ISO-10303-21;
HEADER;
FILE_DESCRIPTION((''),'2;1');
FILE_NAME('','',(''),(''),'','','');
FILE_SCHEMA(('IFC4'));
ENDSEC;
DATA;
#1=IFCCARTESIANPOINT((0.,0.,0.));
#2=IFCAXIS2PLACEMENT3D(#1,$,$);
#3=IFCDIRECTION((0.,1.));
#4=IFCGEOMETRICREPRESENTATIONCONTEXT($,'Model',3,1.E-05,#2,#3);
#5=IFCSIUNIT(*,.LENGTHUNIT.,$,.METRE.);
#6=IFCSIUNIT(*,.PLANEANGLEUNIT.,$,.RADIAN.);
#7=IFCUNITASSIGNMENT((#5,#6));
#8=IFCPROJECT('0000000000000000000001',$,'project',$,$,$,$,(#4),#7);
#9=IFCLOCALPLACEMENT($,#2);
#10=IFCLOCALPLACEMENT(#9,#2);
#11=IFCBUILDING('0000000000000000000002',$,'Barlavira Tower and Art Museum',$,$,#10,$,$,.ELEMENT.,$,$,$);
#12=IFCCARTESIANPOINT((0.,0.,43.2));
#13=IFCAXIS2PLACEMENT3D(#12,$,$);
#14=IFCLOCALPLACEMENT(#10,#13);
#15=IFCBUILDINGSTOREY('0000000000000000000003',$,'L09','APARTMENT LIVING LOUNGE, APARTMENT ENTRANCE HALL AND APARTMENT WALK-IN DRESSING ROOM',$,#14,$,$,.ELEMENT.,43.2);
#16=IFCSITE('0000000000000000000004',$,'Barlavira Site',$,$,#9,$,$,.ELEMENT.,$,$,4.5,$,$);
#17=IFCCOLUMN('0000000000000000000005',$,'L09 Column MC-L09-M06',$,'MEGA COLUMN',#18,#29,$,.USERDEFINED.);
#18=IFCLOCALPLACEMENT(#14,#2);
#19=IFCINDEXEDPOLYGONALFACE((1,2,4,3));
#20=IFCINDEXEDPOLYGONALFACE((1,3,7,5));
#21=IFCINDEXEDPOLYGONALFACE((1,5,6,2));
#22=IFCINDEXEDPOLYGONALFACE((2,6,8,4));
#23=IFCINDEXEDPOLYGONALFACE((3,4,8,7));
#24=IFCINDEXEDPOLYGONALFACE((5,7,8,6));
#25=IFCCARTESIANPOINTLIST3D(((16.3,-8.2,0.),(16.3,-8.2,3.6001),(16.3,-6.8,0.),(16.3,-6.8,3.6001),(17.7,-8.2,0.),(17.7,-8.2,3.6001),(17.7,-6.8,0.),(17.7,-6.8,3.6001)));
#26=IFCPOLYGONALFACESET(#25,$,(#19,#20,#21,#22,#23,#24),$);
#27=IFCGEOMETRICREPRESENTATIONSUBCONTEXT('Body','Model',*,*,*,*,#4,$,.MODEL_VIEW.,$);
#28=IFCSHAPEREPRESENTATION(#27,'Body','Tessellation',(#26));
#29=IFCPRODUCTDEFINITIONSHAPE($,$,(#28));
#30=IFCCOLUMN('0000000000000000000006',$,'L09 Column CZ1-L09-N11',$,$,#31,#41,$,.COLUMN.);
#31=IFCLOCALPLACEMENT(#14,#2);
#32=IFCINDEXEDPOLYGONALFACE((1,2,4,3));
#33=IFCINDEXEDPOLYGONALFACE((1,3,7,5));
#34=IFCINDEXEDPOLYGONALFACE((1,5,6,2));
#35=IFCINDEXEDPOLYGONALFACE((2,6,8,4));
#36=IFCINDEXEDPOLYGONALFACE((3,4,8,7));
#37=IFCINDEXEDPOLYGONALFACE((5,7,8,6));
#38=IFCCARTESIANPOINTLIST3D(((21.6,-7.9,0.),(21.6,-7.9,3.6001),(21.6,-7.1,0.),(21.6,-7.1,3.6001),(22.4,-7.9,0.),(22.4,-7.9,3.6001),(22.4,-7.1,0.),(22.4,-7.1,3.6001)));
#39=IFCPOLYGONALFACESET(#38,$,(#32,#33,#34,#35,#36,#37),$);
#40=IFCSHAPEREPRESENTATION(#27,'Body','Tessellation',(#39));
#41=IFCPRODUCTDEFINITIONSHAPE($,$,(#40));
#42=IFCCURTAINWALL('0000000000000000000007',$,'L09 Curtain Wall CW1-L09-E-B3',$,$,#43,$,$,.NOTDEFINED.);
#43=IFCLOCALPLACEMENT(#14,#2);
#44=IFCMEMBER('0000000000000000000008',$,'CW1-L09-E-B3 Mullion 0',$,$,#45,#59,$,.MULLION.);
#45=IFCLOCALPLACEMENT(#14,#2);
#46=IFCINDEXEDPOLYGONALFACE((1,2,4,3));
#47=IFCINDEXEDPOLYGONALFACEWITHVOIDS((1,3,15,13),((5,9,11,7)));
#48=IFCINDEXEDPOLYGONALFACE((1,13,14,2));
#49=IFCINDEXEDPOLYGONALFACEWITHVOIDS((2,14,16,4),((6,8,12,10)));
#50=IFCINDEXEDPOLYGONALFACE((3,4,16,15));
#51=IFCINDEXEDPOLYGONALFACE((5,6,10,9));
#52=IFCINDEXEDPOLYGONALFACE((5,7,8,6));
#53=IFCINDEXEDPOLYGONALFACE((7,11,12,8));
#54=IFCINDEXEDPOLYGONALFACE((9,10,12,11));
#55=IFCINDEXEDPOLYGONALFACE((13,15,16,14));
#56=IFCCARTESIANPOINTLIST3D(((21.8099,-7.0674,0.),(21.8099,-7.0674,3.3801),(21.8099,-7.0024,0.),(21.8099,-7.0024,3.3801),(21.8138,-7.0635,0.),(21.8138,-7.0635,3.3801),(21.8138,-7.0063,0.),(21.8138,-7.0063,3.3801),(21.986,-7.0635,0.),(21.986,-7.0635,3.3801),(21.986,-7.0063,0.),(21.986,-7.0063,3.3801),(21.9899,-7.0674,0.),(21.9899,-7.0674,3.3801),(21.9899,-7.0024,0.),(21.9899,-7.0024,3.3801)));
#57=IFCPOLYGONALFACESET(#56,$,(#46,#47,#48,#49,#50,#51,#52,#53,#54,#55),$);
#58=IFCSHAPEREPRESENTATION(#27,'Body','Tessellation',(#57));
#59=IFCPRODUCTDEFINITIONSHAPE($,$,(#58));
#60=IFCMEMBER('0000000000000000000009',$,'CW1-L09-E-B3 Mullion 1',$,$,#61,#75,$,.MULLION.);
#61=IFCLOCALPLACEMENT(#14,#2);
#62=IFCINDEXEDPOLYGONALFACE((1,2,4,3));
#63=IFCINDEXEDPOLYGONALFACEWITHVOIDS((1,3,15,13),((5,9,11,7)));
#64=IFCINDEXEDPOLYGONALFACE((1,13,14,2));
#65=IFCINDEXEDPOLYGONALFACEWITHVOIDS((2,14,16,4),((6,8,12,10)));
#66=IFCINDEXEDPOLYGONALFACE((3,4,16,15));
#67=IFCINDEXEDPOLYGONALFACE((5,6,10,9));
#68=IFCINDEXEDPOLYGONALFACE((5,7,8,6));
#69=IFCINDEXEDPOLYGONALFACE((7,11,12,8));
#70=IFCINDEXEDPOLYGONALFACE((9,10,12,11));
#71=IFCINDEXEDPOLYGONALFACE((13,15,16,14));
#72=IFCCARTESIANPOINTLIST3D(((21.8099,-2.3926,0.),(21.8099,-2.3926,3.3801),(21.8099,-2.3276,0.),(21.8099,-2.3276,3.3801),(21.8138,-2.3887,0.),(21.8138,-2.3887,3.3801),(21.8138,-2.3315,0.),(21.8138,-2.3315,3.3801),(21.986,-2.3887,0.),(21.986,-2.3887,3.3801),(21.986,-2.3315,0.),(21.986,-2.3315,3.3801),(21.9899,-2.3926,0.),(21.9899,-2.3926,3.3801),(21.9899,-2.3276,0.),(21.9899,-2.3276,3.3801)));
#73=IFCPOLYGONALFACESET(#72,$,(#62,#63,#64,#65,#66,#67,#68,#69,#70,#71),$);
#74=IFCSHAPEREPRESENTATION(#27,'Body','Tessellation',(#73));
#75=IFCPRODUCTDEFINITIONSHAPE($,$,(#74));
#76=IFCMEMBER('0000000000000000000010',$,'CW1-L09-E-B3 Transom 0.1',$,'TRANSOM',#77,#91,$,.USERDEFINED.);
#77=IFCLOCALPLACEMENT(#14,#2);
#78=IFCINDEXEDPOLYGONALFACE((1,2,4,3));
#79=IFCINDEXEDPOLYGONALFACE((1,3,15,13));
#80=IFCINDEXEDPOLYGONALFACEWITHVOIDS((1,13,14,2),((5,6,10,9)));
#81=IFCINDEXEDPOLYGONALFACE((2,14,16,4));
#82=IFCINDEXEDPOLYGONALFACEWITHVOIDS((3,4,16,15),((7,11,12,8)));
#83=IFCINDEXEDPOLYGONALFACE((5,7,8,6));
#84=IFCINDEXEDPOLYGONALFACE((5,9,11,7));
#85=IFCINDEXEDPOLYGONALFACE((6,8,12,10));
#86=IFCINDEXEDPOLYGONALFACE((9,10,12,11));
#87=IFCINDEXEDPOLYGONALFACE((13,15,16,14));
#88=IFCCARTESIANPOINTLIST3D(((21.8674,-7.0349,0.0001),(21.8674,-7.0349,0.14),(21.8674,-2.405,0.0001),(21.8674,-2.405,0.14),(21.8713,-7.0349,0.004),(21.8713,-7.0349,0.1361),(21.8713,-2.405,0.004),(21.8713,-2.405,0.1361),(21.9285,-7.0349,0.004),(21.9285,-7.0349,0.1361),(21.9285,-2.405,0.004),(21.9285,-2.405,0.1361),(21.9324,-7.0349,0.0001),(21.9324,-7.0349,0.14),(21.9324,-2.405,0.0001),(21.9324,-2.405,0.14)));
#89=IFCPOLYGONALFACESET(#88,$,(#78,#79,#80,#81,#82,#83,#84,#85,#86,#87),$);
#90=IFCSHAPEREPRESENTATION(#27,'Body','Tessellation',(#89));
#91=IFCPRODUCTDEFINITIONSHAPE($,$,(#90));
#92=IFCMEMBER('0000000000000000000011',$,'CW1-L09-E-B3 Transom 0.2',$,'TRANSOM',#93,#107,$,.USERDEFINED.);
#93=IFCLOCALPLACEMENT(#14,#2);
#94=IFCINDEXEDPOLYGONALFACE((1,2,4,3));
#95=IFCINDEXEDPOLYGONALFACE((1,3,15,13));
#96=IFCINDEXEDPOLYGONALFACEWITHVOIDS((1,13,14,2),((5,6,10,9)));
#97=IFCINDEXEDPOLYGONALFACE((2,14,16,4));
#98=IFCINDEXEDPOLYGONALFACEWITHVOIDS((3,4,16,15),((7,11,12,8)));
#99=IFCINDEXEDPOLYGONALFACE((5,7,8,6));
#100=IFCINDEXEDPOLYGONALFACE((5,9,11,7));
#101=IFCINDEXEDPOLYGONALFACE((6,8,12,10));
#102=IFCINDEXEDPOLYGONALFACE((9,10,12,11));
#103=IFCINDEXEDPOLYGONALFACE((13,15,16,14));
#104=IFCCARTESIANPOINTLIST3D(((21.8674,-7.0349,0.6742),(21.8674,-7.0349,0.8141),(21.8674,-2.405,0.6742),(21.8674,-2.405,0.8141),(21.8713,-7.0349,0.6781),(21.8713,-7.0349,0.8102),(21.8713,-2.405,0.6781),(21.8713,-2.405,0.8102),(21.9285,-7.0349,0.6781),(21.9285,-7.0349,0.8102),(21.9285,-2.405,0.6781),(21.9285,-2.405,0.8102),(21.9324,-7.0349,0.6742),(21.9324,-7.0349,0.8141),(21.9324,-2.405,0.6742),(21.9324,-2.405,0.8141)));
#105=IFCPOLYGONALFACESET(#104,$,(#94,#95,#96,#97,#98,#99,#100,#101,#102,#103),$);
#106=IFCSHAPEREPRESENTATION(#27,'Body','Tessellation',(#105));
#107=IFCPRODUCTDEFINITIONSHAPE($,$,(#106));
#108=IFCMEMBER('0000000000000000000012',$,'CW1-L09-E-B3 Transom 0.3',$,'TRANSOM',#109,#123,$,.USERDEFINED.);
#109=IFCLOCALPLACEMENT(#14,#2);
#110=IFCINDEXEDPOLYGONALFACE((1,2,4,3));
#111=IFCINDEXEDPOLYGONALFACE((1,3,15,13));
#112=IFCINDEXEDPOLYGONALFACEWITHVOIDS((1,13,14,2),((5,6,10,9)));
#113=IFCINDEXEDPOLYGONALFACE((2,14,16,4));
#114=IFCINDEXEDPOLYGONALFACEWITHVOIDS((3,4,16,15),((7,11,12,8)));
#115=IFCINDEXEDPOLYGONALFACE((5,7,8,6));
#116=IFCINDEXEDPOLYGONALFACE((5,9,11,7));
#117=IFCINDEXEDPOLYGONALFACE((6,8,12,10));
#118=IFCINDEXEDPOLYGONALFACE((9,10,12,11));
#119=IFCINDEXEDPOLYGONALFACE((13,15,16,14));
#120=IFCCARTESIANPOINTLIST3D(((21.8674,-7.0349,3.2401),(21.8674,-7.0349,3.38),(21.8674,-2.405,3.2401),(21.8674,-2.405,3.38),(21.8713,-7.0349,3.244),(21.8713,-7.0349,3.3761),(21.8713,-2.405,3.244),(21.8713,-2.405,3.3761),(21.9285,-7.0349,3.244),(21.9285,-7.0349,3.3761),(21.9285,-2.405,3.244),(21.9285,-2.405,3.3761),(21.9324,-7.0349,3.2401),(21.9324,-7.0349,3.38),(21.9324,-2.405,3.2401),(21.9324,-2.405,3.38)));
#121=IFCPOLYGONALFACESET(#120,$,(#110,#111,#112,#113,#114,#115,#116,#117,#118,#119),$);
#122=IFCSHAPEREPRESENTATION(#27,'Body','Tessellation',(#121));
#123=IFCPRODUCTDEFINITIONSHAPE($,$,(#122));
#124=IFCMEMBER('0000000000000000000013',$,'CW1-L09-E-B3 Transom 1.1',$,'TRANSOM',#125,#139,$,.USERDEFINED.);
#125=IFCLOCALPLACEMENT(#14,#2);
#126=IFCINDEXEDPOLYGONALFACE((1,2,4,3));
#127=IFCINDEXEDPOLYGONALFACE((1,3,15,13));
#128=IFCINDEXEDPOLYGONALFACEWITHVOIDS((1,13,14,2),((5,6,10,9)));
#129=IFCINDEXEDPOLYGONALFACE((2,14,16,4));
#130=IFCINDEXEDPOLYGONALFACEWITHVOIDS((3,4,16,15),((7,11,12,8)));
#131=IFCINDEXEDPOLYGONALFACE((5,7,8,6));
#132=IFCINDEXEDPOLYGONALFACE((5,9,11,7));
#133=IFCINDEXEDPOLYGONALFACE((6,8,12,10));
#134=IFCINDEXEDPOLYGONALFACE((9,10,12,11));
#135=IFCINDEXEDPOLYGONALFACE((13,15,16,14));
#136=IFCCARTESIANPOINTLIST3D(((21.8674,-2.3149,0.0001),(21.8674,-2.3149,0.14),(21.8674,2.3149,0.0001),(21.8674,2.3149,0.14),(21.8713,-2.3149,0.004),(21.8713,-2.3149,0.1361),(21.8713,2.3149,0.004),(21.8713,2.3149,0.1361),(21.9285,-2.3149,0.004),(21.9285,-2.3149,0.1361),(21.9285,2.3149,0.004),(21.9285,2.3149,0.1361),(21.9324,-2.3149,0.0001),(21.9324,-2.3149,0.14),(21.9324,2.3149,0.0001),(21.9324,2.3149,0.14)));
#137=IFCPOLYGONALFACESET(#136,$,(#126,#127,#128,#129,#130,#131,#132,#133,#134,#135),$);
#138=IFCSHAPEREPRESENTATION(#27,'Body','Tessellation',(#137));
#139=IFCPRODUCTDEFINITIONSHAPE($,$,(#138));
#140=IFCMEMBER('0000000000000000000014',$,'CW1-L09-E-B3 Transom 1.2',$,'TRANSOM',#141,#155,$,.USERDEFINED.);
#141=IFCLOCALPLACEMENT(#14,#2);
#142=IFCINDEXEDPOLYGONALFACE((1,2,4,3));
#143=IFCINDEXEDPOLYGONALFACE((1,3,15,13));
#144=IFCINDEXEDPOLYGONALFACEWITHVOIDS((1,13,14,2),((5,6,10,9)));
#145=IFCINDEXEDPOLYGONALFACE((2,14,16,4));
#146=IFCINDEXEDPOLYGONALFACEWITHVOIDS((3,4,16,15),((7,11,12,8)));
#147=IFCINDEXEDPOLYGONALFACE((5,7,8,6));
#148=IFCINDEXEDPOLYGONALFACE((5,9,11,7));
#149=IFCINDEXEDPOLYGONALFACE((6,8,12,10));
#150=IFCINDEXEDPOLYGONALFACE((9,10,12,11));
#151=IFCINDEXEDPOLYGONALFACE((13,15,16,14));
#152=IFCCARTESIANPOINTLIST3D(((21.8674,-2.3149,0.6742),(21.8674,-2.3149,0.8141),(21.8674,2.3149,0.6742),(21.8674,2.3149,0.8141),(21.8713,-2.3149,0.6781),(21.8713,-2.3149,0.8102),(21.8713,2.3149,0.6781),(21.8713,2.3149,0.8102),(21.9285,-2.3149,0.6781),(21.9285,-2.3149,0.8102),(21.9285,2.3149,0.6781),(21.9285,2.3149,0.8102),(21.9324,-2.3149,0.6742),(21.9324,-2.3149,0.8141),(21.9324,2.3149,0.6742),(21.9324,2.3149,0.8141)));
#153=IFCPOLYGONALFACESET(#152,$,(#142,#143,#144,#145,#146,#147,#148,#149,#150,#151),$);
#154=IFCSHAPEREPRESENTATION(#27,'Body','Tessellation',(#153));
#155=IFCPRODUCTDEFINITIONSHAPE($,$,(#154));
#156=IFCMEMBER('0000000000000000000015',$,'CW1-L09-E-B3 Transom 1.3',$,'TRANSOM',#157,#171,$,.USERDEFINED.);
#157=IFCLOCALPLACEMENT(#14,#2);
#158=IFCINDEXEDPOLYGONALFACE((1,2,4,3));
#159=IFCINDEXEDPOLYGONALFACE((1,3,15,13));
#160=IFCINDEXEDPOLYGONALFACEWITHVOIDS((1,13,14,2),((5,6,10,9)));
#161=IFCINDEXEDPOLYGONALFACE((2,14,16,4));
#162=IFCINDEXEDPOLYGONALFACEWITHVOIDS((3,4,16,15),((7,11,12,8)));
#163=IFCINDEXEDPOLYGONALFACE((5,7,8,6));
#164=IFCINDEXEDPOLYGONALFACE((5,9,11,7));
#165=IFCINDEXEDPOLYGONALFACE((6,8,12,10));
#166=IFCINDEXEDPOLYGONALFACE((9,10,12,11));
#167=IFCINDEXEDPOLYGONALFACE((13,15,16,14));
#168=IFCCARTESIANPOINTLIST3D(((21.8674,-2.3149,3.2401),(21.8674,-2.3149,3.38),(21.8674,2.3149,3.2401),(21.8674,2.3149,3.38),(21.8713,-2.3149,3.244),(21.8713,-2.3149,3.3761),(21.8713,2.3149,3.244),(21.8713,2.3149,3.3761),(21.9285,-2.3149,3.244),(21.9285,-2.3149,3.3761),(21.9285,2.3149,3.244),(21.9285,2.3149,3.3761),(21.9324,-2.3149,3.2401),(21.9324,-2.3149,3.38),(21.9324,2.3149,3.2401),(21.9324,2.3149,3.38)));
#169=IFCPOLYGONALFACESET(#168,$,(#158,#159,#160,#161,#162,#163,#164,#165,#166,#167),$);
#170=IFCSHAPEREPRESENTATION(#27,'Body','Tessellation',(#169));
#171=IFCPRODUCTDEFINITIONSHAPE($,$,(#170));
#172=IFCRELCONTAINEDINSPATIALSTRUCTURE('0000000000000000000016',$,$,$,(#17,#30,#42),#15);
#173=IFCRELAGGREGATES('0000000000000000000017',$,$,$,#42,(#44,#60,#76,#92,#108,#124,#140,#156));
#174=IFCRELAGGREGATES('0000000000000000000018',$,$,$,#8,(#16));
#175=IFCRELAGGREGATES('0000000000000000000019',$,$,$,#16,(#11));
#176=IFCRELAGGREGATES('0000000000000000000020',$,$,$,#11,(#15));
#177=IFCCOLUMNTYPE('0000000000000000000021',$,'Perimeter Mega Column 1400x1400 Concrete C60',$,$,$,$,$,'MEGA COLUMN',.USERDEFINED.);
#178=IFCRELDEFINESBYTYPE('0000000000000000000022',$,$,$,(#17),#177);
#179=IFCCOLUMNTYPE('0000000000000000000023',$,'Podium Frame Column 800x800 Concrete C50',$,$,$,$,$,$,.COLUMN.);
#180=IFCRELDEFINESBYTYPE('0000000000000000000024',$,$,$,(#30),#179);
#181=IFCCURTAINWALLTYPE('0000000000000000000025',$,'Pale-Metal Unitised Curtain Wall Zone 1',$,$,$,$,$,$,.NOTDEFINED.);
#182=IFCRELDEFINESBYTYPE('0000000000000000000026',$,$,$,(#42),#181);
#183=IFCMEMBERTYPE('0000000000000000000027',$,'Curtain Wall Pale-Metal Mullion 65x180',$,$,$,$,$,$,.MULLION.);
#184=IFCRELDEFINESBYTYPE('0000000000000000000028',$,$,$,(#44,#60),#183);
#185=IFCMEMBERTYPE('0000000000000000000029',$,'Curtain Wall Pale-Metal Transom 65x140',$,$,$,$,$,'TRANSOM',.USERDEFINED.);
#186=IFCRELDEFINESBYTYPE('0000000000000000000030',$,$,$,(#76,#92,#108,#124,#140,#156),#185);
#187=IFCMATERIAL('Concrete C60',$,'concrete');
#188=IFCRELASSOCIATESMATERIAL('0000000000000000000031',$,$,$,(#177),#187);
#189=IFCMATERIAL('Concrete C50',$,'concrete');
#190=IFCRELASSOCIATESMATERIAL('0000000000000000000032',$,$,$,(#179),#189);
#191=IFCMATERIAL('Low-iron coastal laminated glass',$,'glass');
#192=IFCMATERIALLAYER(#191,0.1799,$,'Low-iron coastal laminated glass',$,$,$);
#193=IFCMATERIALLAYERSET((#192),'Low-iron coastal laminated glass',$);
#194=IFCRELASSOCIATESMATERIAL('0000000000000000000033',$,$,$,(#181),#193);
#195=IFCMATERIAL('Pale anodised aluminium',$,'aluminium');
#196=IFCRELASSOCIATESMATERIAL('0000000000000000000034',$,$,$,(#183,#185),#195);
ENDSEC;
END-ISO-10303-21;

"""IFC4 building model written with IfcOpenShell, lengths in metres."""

from ifc_helpers import new_model, si_unit, direction, frame, origin, origin_2d, place, context, subcontext, project, spatial, rectangle, hollow_rectangle, extrude, material, layer, layer_set, material_profile, profile_set, type_object, element, aggregate, save


model = new_model("IFC4")

# Units and contexts
model_context = context("Model", 3, precision=1e-05, world=origin(), true_north=direction((0.0, 1.0)))
body_context = subcontext(model_context, "Body", "Model", "MODEL_VIEW")
ifc_project = project(units=[si_unit("LENGTHUNIT", "METRE"), si_unit("PLANEANGLEUNIT", "RADIAN")], contexts=[model_context])

# Site, building, storey
site_placement = place(None, origin())
site = spatial("IfcSite", under=ifc_project, at=site_placement, Name="Barlavira Site", CompositionType="ELEMENT", RefElevation=4.5)
building_placement = place(site_placement, origin())
building = spatial("IfcBuilding", under=site, at=building_placement, Name="Barlavira Tower and Art Museum", CompositionType="ELEMENT")
storey_placement = place(building_placement, frame((0.0, 0.0, 43.2)))
storey = spatial("IfcBuildingStorey", under=building, at=storey_placement, Name="L09", Description="APARTMENT LIVING LOUNGE, APARTMENT ENTRANCE HALL AND APARTMENT WALK-IN DRESSING ROOM", CompositionType="ELEMENT", Elevation=43.2)

# Columns
ifc_material_1 = material(Name="Concrete C60", Category="concrete")
ifc_material_profile_1 = material_profile(ifc_material_1, rectangle(XDim=1.3999, YDim=1.3999, at=origin_2d()), Name="RC-MCOL 1400x1400")
ifc_profile_set_1 = profile_set([ifc_material_profile_1], Name="Concrete C60")
column_type_1 = type_object("IfcColumnType", Name="Perimeter Mega Column 1400x1400 Concrete C60", ElementType="MEGA COLUMN", PredefinedType="USERDEFINED", material=ifc_profile_set_1)
column_1_placement = place(storey_placement, frame((17.0, -7.5, 0.0), z_axis=(0.0, 0.0, 1.0), x_axis=(1.0, 0.0, 0.0)))
element("IfcColumn", 1, at=column_1_placement, inside=storey, type_object=column_type_1, Name="L09 Column MC-L09-M06", ObjectType="MEGA COLUMN", PredefinedType="USERDEFINED", context=body_context, shape_type="SweptSolid", body=[
    extrude(rectangle(XDim=1.3999, YDim=1.3999, at=origin_2d()), origin(), (0.0, 0.0, 1.0), 3.6001),
])
ifc_material_2 = material(Name="Concrete C50", Category="concrete")
ifc_material_profile_2 = material_profile(ifc_material_2, rectangle(XDim=0.8, YDim=0.8, at=origin_2d()), Name="RC-COL 800x800")
ifc_profile_set_2 = profile_set([ifc_material_profile_2], Name="Concrete C50")
column_type_2 = type_object("IfcColumnType", Name="Podium Frame Column 800x800 Concrete C50", PredefinedType="COLUMN", material=ifc_profile_set_2)
column_2_placement = place(storey_placement, frame((22.0, -7.5, 0.0), z_axis=(0.0, 0.0, 1.0), x_axis=(1.0, 0.0, 0.0)))
element("IfcColumn", 2, at=column_2_placement, inside=storey, type_object=column_type_2, Name="L09 Column CZ1-L09-N11", PredefinedType="COLUMN", context=body_context, shape_type="SweptSolid", body=[
    extrude(rectangle(XDim=0.8, YDim=0.8, at=origin_2d()), origin(), (0.0, 0.0, 1.0), 3.6001),
])

# Curtain wall, members
ifc_material_3 = material(Name="Low-iron coastal laminated glass", Category="glass")
ifc_layer_1 = layer(ifc_material_3, 0.1799, Name="Low-iron coastal laminated glass")
ifc_layer_set_1 = layer_set([ifc_layer_1], Name="Low-iron coastal laminated glass")
curtain_wall_type = type_object("IfcCurtainWallType", Name="Pale-Metal Unitised Curtain Wall Zone 1", PredefinedType="NOTDEFINED", material=ifc_layer_set_1)
curtain_wall_placement = place(storey_placement, origin())
curtain_wall = element("IfcCurtainWall", 3, at=curtain_wall_placement, inside=storey, type_object=curtain_wall_type, Name="L09 Curtain Wall CW1-L09-E-B3", PredefinedType="NOTDEFINED")
ifc_material_4 = material(Name="Pale anodised aluminium", Category="aluminium")
ifc_material_profile_3 = material_profile(ifc_material_4, hollow_rectangle(XDim=0.0649, YDim=0.1799, WallThickness=0.0039, at=origin_2d()), Name="ALU-MULL 65x180x4")
ifc_profile_set_3 = profile_set([ifc_material_profile_3], Name="Pale anodised aluminium")
member_type_1 = type_object("IfcMemberType", Name="Curtain Wall Pale-Metal Mullion 65x180", PredefinedType="MULLION", material=ifc_profile_set_3)
member_1_placement = place(storey_placement, frame((21.8999, -7.0349, 0.0), z_axis=(0.0, 0.0, 1.0), x_axis=(0.0, 1.0, 0.0)))
member_1 = element("IfcMember", 4, at=member_1_placement, type_object=member_type_1, Name="CW1-L09-E-B3 Mullion 0", PredefinedType="MULLION", context=body_context, shape_type="SweptSolid", body=[
    extrude(hollow_rectangle(XDim=0.0649, YDim=0.1799, WallThickness=0.0039, at=origin_2d()), origin(), (0.0, 0.0, 1.0), 3.3801),
])
member_2_placement = place(storey_placement, frame((21.8999, -2.3601, 0.0), z_axis=(0.0, 0.0, 1.0), x_axis=(0.0, 1.0, 0.0)))
member_2 = element("IfcMember", 5, at=member_2_placement, type_object=member_type_1, Name="CW1-L09-E-B3 Mullion 1", PredefinedType="MULLION", context=body_context, shape_type="SweptSolid", body=[
    extrude(hollow_rectangle(XDim=0.0649, YDim=0.1799, WallThickness=0.0039, at=origin_2d()), origin(), (0.0, 0.0, 1.0), 3.3801),
])
ifc_material_profile_4 = material_profile(ifc_material_4, hollow_rectangle(XDim=0.0649, YDim=0.1399, WallThickness=0.0039, at=origin_2d()), Name="ALU-TRAN 65x140x4")
ifc_profile_set_4 = profile_set([ifc_material_profile_4], Name="Pale anodised aluminium")
member_type_2 = type_object("IfcMemberType", Name="Curtain Wall Pale-Metal Transom 65x140", ElementType="TRANSOM", PredefinedType="USERDEFINED", material=ifc_profile_set_4)
member_3_placement = place(storey_placement, frame((21.8999, -7.0349, 0.0701), z_axis=(0.0, 1.0, 0.0), x_axis=(-1.0, 0.0, 0.0)))
member_3 = element("IfcMember", 6, at=member_3_placement, type_object=member_type_2, Name="CW1-L09-E-B3 Transom 0.1", ObjectType="TRANSOM", PredefinedType="USERDEFINED", context=body_context, shape_type="SweptSolid", body=[
    extrude(hollow_rectangle(XDim=0.0649, YDim=0.1399, WallThickness=0.0039, at=origin_2d()), origin(), (0.0, 0.0, 1.0), 4.6299),
])
member_4_placement = place(storey_placement, frame((21.8999, -7.0349, 0.7441), z_axis=(0.0, 1.0, 0.0), x_axis=(-1.0, 0.0, 0.0)))
member_4 = element("IfcMember", 7, at=member_4_placement, type_object=member_type_2, Name="CW1-L09-E-B3 Transom 0.2", ObjectType="TRANSOM", PredefinedType="USERDEFINED", context=body_context, shape_type="SweptSolid", body=[
    extrude(hollow_rectangle(XDim=0.0649, YDim=0.1399, WallThickness=0.0039, at=origin_2d()), origin(), (0.0, 0.0, 1.0), 4.6299),
])
member_5_placement = place(storey_placement, frame((21.8999, -7.0349, 3.3101), z_axis=(0.0, 1.0, 0.0), x_axis=(-1.0, 0.0, 0.0)))
member_5 = element("IfcMember", 8, at=member_5_placement, type_object=member_type_2, Name="CW1-L09-E-B3 Transom 0.3", ObjectType="TRANSOM", PredefinedType="USERDEFINED", context=body_context, shape_type="SweptSolid", body=[
    extrude(hollow_rectangle(XDim=0.0649, YDim=0.1399, WallThickness=0.0039, at=origin_2d()), origin(), (0.0, 0.0, 1.0), 4.6299),
])
member_6_placement = place(storey_placement, frame((21.8999, -2.3149, 0.0701), z_axis=(0.0, 1.0, 0.0), x_axis=(-1.0, 0.0, 0.0)))
member_6 = element("IfcMember", 9, at=member_6_placement, type_object=member_type_2, Name="CW1-L09-E-B3 Transom 1.1", ObjectType="TRANSOM", PredefinedType="USERDEFINED", context=body_context, shape_type="SweptSolid", body=[
    extrude(hollow_rectangle(XDim=0.0649, YDim=0.1399, WallThickness=0.0039, at=origin_2d()), origin(), (0.0, 0.0, 1.0), 4.6299),
])
member_7_placement = place(storey_placement, frame((21.8999, -2.3149, 0.7441), z_axis=(0.0, 1.0, 0.0), x_axis=(-1.0, 0.0, 0.0)))
member_7 = element("IfcMember", 10, at=member_7_placement, type_object=member_type_2, Name="CW1-L09-E-B3 Transom 1.2", ObjectType="TRANSOM", PredefinedType="USERDEFINED", context=body_context, shape_type="SweptSolid", body=[
    extrude(hollow_rectangle(XDim=0.0649, YDim=0.1399, WallThickness=0.0039, at=origin_2d()), origin(), (0.0, 0.0, 1.0), 4.6299),
])
member_8_placement = place(storey_placement, frame((21.8999, -2.3149, 3.3101), z_axis=(0.0, 1.0, 0.0), x_axis=(-1.0, 0.0, 0.0)))
member_8 = element("IfcMember", 11, at=member_8_placement, type_object=member_type_2, Name="CW1-L09-E-B3 Transom 1.3", ObjectType="TRANSOM", PredefinedType="USERDEFINED", context=body_context, shape_type="SweptSolid", body=[
    extrude(hollow_rectangle(XDim=0.0649, YDim=0.1399, WallThickness=0.0039, at=origin_2d()), origin(), (0.0, 0.0, 1.0), 4.6299),
])

aggregate(curtain_wall, [member_1, member_2, member_3, member_4, member_5, member_6, member_7, member_8])

save(model, "model.ifc")
